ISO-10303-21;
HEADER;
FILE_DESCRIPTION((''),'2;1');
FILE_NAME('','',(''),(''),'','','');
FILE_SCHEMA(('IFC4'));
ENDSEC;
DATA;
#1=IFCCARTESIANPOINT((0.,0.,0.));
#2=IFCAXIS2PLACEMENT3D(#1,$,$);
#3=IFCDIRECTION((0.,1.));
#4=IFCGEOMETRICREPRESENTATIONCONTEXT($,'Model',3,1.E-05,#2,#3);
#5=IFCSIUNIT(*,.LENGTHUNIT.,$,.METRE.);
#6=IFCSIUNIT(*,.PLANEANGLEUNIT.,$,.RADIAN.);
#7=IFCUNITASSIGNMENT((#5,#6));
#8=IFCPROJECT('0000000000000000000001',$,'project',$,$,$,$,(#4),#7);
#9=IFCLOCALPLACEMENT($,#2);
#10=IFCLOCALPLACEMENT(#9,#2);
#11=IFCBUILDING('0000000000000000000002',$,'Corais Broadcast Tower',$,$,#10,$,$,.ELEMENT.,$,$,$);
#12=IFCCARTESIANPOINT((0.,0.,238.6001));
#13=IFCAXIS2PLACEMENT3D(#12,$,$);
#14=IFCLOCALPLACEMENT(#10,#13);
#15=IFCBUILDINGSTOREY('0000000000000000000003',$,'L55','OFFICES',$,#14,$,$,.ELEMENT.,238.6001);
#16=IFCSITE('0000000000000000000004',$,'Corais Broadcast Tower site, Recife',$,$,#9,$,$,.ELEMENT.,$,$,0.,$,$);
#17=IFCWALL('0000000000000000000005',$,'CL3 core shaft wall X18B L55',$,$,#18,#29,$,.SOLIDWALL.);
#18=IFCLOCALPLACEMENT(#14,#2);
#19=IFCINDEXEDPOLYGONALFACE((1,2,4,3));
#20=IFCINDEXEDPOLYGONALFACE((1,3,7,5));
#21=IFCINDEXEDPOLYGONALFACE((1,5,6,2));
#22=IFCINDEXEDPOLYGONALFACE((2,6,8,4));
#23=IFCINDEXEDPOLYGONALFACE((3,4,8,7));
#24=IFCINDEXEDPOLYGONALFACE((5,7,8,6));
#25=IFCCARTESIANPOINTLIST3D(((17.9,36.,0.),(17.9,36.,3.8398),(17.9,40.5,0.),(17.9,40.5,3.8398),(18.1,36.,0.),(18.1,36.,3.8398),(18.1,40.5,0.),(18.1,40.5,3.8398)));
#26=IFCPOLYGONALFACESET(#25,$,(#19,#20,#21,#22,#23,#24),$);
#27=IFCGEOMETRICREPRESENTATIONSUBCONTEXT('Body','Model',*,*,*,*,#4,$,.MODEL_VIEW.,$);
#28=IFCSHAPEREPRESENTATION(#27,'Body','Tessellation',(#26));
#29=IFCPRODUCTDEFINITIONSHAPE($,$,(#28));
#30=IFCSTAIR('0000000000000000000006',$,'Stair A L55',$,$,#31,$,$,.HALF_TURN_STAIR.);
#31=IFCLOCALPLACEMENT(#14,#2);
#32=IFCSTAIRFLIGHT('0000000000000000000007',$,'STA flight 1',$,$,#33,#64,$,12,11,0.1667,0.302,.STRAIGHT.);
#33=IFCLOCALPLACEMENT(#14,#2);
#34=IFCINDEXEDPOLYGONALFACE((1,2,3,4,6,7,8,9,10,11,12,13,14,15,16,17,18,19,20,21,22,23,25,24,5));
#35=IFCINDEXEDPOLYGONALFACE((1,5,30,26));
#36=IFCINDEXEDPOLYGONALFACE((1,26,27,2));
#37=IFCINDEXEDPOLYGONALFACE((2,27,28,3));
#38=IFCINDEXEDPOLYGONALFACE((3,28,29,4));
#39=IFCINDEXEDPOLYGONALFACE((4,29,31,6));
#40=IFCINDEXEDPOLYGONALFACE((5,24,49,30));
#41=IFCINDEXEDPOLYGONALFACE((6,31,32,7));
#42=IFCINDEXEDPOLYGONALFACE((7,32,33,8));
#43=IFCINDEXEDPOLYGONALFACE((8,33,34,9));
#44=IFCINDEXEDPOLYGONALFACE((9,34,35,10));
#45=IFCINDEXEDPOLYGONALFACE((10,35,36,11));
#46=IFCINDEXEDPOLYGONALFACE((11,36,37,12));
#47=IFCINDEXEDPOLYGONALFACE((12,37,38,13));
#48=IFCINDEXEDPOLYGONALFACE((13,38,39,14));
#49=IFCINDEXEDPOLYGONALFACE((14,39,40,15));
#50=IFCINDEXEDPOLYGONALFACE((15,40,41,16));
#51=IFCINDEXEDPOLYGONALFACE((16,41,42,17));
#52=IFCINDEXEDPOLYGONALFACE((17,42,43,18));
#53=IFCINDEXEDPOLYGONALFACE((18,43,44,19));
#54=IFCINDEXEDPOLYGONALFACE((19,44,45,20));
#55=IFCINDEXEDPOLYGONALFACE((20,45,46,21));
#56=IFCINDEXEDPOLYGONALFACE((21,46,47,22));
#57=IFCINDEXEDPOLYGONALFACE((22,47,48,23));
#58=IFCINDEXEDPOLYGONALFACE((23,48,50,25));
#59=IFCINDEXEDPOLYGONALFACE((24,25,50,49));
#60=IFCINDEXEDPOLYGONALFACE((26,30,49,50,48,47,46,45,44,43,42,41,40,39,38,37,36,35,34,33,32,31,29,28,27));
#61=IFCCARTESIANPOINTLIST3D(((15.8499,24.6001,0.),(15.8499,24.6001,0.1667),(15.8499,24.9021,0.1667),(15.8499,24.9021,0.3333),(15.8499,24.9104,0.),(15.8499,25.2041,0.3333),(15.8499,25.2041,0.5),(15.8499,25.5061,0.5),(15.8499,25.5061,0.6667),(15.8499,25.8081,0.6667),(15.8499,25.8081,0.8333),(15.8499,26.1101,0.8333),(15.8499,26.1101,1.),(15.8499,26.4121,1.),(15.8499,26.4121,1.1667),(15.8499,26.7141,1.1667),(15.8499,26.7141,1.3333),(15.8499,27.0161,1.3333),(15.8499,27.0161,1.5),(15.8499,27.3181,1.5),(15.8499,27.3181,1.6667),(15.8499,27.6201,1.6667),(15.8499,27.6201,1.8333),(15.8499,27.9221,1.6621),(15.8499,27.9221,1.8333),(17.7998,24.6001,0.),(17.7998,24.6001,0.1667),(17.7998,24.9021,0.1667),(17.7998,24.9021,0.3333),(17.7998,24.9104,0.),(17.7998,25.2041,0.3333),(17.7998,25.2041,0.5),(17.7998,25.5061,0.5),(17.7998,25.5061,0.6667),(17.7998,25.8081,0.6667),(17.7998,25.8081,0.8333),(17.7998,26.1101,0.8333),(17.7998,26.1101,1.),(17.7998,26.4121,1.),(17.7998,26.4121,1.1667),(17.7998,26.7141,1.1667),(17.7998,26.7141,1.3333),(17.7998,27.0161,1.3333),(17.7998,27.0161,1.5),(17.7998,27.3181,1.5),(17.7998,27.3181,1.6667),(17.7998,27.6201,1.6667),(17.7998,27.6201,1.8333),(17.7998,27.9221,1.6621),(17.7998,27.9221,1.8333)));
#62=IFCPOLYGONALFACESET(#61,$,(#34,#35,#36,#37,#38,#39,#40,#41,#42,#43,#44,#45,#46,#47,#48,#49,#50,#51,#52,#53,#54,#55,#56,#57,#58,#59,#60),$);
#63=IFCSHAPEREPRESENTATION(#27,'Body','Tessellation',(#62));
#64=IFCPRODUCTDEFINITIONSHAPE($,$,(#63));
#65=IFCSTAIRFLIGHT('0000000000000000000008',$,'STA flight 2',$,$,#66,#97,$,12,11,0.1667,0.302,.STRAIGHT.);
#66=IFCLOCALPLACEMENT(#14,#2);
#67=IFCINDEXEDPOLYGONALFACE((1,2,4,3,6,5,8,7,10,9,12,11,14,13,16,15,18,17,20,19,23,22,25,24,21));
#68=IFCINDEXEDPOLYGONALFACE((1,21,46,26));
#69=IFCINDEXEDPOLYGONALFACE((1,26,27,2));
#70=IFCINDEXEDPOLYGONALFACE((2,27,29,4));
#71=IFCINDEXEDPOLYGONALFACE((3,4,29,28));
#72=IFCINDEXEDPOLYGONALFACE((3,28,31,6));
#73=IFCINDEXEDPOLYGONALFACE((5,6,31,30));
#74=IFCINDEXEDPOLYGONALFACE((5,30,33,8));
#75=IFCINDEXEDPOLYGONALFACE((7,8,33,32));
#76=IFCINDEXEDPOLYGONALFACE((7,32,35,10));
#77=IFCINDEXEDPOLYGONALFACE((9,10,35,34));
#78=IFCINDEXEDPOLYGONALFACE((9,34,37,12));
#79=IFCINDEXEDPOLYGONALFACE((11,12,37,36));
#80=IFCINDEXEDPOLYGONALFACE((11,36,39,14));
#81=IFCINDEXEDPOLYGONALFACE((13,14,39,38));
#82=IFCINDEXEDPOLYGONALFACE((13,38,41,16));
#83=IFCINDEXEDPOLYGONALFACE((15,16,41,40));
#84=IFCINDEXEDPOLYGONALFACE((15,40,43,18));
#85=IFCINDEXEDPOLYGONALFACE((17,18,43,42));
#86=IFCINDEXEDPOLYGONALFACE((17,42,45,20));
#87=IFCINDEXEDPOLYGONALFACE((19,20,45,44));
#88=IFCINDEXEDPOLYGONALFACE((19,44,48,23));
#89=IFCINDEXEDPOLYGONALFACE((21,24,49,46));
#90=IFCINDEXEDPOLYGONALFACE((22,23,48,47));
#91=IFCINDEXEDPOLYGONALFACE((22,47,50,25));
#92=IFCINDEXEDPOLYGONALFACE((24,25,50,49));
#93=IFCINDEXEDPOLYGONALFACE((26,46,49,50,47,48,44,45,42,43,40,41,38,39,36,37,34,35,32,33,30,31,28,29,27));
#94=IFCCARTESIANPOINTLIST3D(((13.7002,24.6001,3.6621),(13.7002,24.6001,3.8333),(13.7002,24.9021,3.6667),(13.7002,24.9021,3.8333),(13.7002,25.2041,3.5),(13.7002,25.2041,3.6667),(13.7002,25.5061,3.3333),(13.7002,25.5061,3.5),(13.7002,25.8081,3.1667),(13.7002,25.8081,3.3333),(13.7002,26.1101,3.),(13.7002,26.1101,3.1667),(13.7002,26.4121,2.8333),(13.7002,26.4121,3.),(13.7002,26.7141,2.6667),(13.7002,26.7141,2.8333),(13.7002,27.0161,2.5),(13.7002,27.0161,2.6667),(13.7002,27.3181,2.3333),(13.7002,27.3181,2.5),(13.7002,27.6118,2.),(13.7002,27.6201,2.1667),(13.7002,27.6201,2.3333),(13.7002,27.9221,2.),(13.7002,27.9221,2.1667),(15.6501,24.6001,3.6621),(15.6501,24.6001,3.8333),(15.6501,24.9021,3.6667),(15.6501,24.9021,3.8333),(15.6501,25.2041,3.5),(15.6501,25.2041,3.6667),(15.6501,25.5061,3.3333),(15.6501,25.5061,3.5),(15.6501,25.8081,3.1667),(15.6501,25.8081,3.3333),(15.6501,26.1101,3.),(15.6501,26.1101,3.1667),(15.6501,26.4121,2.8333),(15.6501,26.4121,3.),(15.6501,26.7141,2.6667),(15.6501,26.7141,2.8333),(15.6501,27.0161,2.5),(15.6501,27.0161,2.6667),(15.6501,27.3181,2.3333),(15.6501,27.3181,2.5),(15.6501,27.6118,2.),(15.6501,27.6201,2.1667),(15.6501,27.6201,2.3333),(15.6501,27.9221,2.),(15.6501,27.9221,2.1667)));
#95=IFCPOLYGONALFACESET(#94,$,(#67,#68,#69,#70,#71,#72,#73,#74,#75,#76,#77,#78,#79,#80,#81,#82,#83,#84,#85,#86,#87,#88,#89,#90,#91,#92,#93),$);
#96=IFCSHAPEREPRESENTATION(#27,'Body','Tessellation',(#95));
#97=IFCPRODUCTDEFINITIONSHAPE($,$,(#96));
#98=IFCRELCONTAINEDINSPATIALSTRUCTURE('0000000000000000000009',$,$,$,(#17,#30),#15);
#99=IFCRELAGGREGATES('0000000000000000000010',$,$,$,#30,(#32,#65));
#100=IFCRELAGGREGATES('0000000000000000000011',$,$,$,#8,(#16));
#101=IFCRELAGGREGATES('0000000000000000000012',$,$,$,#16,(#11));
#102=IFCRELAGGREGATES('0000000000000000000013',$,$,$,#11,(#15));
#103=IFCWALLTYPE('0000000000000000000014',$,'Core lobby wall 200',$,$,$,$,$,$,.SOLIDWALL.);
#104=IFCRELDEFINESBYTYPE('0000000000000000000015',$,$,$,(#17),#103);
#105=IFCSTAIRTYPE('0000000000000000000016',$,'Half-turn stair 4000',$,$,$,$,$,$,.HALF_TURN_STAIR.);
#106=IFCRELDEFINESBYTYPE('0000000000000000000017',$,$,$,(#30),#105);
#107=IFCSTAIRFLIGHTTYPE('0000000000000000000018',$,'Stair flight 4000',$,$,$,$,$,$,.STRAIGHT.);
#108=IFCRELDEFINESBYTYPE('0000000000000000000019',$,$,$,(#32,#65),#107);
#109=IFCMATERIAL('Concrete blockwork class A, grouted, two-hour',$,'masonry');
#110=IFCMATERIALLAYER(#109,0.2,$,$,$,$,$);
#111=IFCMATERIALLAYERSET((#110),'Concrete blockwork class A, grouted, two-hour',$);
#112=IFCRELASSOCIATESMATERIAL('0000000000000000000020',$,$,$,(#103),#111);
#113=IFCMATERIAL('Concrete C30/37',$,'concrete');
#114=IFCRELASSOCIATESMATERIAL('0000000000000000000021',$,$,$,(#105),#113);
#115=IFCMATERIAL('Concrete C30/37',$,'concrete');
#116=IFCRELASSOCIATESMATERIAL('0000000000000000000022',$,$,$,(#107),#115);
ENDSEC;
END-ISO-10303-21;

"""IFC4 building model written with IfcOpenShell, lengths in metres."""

from ifc_helpers import new_model, si_unit, direction, frame, frame_2d, origin, place, context, subcontext, project, spatial, polyline, rectangle, outline, extrude, material, layer, layer_set, type_object, element, aggregate, save


model = new_model("IFC4")

# Units and contexts
model_context = context("Model", 3, precision=1e-05, world=origin(), true_north=direction((0.0, 1.0)))
body_context = subcontext(model_context, "Body", "Model", "MODEL_VIEW")
ifc_project = project(units=[si_unit("LENGTHUNIT", "METRE"), si_unit("PLANEANGLEUNIT", "RADIAN")], contexts=[model_context])

# Site, building, storey
site_placement = place(None, origin())
site = spatial("IfcSite", under=ifc_project, at=site_placement, Name="Corais Broadcast Tower site, Recife", CompositionType="ELEMENT", RefElevation=0.0)
building_placement = place(site_placement, origin())
building = spatial("IfcBuilding", under=site, at=building_placement, Name="Corais Broadcast Tower", CompositionType="ELEMENT")
storey_placement = place(building_placement, frame((0.0, 0.0, 238.6001)))
storey = spatial("IfcBuildingStorey", under=building, at=storey_placement, Name="L55", Description="OFFICES", CompositionType="ELEMENT", Elevation=238.6001)

# Wall
ifc_material_1 = material(Name="Concrete blockwork class A, grouted, two-hour", Category="masonry")
ifc_layer = layer(ifc_material_1, 0.2)
ifc_layer_set = layer_set([ifc_layer], Name="Concrete blockwork class A, grouted, two-hour")
wall_type = type_object("IfcWallType", Name="Core lobby wall 200", PredefinedType="SOLIDWALL", material=ifc_layer_set)
wall_placement = place(storey_placement, frame((18.0, 36.0, 0.0), z_axis=(0.0, 0.0, 1.0), x_axis=(0.0, 1.0, 0.0)))
element("IfcWall", 1, at=wall_placement, inside=storey, type_object=wall_type, Name="CL3 core shaft wall X18B L55", PredefinedType="SOLIDWALL", context=body_context, shape_type="SweptSolid", body=[
    extrude(rectangle(XDim=4.5, YDim=0.2, at=frame_2d((2.25, 0.0))), origin(), (0.0, 0.0, 1.0), 3.8398),
])

# Stair, stair flights
ifc_material_2 = material(Name="Concrete C30/37", Category="concrete")
stair_type = type_object("IfcStairType", Name="Half-turn stair 4000", PredefinedType="HALF_TURN_STAIR", material=ifc_material_2)
stair_placement = place(storey_placement, origin())
stair = element("IfcStair", 2, at=stair_placement, inside=storey, type_object=stair_type, Name="Stair A L55", PredefinedType="HALF_TURN_STAIR")
ifc_material_3 = material(Name="Concrete C30/37", Category="concrete")
stair_flight_type = type_object("IfcStairFlightType", Name="Stair flight 4000", PredefinedType="STRAIGHT", material=ifc_material_3)
stair_flight_1_placement = place(storey_placement, frame((16.825, 24.6001, 0.0), z_axis=(0.0, 0.0, 1.0), x_axis=(0.0, 1.0, 0.0)))
stair_flight_1 = element("IfcStairFlight", 3, at=stair_flight_1_placement, type_object=stair_flight_type, Name="STA flight 1", NumberOfRisers=12, NumberOfTreads=11, PredefinedType="STRAIGHT", RiserHeight=0.1667, TreadLength=0.302, context=body_context, shape_type="SweptSolid", body=[
    extrude(outline(polyline([(0.0, 0.0), (0.0, 0.1667), (0.302, 0.1667), (0.302, 0.3333), (0.604, 0.3333), (0.604, 0.5), (0.906, 0.5), (0.906, 0.6667), (1.208, 0.6667), (1.208, 0.8333), (1.51, 0.8333), (1.51, 1.0), (1.812, 1.0), (1.812, 1.1667), (2.114, 1.1667), (2.114, 1.3333), (2.416, 1.3333), (2.416, 1.5), (2.718, 1.5), (2.718, 1.6667), (3.02, 1.6667), (3.02, 1.8333), (3.322, 1.8333), (3.322, 2.0), (3.322, 1.6621), (0.3103, 0.0), (0.0, 0.0)])), frame((0.0, 0.9751, 0.0), z_axis=(0.0, -1.0, 0.0), x_axis=(1.0, 0.0, 0.0)), (0.0, 0.0, 1.0), 1.95),
])
stair_flight_2_placement = place(storey_placement, frame((14.675, 27.9221, 2.0), z_axis=(0.0, 0.0, 1.0), x_axis=(0.0, -1.0, 0.0)))
stair_flight_2 = element("IfcStairFlight", 4, at=stair_flight_2_placement, type_object=stair_flight_type, Name="STA flight 2", NumberOfRisers=12, NumberOfTreads=11, PredefinedType="STRAIGHT", RiserHeight=0.1667, TreadLength=0.302, context=body_context, shape_type="SweptSolid", body=[
    extrude(outline(polyline([(0.0, 0.0), (0.0, 0.1667), (0.302, 0.1667), (0.302, 0.3333), (0.604, 0.3333), (0.604, 0.5), (0.906, 0.5), (0.906, 0.6667), (1.208, 0.6667), (1.208, 0.8333), (1.51, 0.8333), (1.51, 1.0), (1.812, 1.0), (1.812, 1.1667), (2.114, 1.1667), (2.114, 1.3333), (2.416, 1.3333), (2.416, 1.5), (2.718, 1.5), (2.718, 1.6667), (3.02, 1.6667), (3.02, 1.8333), (3.322, 1.8333), (3.322, 2.0), (3.322, 1.6621), (0.3103, 0.0), (0.0, 0.0)])), frame((0.0, 0.9751, 0.0), z_axis=(0.0, -1.0, 0.0), x_axis=(1.0, 0.0, 0.0)), (0.0, 0.0, 1.0), 1.95),
])
aggregate(stair, [stair_flight_1, stair_flight_2])

save(model, "model.ifc")
